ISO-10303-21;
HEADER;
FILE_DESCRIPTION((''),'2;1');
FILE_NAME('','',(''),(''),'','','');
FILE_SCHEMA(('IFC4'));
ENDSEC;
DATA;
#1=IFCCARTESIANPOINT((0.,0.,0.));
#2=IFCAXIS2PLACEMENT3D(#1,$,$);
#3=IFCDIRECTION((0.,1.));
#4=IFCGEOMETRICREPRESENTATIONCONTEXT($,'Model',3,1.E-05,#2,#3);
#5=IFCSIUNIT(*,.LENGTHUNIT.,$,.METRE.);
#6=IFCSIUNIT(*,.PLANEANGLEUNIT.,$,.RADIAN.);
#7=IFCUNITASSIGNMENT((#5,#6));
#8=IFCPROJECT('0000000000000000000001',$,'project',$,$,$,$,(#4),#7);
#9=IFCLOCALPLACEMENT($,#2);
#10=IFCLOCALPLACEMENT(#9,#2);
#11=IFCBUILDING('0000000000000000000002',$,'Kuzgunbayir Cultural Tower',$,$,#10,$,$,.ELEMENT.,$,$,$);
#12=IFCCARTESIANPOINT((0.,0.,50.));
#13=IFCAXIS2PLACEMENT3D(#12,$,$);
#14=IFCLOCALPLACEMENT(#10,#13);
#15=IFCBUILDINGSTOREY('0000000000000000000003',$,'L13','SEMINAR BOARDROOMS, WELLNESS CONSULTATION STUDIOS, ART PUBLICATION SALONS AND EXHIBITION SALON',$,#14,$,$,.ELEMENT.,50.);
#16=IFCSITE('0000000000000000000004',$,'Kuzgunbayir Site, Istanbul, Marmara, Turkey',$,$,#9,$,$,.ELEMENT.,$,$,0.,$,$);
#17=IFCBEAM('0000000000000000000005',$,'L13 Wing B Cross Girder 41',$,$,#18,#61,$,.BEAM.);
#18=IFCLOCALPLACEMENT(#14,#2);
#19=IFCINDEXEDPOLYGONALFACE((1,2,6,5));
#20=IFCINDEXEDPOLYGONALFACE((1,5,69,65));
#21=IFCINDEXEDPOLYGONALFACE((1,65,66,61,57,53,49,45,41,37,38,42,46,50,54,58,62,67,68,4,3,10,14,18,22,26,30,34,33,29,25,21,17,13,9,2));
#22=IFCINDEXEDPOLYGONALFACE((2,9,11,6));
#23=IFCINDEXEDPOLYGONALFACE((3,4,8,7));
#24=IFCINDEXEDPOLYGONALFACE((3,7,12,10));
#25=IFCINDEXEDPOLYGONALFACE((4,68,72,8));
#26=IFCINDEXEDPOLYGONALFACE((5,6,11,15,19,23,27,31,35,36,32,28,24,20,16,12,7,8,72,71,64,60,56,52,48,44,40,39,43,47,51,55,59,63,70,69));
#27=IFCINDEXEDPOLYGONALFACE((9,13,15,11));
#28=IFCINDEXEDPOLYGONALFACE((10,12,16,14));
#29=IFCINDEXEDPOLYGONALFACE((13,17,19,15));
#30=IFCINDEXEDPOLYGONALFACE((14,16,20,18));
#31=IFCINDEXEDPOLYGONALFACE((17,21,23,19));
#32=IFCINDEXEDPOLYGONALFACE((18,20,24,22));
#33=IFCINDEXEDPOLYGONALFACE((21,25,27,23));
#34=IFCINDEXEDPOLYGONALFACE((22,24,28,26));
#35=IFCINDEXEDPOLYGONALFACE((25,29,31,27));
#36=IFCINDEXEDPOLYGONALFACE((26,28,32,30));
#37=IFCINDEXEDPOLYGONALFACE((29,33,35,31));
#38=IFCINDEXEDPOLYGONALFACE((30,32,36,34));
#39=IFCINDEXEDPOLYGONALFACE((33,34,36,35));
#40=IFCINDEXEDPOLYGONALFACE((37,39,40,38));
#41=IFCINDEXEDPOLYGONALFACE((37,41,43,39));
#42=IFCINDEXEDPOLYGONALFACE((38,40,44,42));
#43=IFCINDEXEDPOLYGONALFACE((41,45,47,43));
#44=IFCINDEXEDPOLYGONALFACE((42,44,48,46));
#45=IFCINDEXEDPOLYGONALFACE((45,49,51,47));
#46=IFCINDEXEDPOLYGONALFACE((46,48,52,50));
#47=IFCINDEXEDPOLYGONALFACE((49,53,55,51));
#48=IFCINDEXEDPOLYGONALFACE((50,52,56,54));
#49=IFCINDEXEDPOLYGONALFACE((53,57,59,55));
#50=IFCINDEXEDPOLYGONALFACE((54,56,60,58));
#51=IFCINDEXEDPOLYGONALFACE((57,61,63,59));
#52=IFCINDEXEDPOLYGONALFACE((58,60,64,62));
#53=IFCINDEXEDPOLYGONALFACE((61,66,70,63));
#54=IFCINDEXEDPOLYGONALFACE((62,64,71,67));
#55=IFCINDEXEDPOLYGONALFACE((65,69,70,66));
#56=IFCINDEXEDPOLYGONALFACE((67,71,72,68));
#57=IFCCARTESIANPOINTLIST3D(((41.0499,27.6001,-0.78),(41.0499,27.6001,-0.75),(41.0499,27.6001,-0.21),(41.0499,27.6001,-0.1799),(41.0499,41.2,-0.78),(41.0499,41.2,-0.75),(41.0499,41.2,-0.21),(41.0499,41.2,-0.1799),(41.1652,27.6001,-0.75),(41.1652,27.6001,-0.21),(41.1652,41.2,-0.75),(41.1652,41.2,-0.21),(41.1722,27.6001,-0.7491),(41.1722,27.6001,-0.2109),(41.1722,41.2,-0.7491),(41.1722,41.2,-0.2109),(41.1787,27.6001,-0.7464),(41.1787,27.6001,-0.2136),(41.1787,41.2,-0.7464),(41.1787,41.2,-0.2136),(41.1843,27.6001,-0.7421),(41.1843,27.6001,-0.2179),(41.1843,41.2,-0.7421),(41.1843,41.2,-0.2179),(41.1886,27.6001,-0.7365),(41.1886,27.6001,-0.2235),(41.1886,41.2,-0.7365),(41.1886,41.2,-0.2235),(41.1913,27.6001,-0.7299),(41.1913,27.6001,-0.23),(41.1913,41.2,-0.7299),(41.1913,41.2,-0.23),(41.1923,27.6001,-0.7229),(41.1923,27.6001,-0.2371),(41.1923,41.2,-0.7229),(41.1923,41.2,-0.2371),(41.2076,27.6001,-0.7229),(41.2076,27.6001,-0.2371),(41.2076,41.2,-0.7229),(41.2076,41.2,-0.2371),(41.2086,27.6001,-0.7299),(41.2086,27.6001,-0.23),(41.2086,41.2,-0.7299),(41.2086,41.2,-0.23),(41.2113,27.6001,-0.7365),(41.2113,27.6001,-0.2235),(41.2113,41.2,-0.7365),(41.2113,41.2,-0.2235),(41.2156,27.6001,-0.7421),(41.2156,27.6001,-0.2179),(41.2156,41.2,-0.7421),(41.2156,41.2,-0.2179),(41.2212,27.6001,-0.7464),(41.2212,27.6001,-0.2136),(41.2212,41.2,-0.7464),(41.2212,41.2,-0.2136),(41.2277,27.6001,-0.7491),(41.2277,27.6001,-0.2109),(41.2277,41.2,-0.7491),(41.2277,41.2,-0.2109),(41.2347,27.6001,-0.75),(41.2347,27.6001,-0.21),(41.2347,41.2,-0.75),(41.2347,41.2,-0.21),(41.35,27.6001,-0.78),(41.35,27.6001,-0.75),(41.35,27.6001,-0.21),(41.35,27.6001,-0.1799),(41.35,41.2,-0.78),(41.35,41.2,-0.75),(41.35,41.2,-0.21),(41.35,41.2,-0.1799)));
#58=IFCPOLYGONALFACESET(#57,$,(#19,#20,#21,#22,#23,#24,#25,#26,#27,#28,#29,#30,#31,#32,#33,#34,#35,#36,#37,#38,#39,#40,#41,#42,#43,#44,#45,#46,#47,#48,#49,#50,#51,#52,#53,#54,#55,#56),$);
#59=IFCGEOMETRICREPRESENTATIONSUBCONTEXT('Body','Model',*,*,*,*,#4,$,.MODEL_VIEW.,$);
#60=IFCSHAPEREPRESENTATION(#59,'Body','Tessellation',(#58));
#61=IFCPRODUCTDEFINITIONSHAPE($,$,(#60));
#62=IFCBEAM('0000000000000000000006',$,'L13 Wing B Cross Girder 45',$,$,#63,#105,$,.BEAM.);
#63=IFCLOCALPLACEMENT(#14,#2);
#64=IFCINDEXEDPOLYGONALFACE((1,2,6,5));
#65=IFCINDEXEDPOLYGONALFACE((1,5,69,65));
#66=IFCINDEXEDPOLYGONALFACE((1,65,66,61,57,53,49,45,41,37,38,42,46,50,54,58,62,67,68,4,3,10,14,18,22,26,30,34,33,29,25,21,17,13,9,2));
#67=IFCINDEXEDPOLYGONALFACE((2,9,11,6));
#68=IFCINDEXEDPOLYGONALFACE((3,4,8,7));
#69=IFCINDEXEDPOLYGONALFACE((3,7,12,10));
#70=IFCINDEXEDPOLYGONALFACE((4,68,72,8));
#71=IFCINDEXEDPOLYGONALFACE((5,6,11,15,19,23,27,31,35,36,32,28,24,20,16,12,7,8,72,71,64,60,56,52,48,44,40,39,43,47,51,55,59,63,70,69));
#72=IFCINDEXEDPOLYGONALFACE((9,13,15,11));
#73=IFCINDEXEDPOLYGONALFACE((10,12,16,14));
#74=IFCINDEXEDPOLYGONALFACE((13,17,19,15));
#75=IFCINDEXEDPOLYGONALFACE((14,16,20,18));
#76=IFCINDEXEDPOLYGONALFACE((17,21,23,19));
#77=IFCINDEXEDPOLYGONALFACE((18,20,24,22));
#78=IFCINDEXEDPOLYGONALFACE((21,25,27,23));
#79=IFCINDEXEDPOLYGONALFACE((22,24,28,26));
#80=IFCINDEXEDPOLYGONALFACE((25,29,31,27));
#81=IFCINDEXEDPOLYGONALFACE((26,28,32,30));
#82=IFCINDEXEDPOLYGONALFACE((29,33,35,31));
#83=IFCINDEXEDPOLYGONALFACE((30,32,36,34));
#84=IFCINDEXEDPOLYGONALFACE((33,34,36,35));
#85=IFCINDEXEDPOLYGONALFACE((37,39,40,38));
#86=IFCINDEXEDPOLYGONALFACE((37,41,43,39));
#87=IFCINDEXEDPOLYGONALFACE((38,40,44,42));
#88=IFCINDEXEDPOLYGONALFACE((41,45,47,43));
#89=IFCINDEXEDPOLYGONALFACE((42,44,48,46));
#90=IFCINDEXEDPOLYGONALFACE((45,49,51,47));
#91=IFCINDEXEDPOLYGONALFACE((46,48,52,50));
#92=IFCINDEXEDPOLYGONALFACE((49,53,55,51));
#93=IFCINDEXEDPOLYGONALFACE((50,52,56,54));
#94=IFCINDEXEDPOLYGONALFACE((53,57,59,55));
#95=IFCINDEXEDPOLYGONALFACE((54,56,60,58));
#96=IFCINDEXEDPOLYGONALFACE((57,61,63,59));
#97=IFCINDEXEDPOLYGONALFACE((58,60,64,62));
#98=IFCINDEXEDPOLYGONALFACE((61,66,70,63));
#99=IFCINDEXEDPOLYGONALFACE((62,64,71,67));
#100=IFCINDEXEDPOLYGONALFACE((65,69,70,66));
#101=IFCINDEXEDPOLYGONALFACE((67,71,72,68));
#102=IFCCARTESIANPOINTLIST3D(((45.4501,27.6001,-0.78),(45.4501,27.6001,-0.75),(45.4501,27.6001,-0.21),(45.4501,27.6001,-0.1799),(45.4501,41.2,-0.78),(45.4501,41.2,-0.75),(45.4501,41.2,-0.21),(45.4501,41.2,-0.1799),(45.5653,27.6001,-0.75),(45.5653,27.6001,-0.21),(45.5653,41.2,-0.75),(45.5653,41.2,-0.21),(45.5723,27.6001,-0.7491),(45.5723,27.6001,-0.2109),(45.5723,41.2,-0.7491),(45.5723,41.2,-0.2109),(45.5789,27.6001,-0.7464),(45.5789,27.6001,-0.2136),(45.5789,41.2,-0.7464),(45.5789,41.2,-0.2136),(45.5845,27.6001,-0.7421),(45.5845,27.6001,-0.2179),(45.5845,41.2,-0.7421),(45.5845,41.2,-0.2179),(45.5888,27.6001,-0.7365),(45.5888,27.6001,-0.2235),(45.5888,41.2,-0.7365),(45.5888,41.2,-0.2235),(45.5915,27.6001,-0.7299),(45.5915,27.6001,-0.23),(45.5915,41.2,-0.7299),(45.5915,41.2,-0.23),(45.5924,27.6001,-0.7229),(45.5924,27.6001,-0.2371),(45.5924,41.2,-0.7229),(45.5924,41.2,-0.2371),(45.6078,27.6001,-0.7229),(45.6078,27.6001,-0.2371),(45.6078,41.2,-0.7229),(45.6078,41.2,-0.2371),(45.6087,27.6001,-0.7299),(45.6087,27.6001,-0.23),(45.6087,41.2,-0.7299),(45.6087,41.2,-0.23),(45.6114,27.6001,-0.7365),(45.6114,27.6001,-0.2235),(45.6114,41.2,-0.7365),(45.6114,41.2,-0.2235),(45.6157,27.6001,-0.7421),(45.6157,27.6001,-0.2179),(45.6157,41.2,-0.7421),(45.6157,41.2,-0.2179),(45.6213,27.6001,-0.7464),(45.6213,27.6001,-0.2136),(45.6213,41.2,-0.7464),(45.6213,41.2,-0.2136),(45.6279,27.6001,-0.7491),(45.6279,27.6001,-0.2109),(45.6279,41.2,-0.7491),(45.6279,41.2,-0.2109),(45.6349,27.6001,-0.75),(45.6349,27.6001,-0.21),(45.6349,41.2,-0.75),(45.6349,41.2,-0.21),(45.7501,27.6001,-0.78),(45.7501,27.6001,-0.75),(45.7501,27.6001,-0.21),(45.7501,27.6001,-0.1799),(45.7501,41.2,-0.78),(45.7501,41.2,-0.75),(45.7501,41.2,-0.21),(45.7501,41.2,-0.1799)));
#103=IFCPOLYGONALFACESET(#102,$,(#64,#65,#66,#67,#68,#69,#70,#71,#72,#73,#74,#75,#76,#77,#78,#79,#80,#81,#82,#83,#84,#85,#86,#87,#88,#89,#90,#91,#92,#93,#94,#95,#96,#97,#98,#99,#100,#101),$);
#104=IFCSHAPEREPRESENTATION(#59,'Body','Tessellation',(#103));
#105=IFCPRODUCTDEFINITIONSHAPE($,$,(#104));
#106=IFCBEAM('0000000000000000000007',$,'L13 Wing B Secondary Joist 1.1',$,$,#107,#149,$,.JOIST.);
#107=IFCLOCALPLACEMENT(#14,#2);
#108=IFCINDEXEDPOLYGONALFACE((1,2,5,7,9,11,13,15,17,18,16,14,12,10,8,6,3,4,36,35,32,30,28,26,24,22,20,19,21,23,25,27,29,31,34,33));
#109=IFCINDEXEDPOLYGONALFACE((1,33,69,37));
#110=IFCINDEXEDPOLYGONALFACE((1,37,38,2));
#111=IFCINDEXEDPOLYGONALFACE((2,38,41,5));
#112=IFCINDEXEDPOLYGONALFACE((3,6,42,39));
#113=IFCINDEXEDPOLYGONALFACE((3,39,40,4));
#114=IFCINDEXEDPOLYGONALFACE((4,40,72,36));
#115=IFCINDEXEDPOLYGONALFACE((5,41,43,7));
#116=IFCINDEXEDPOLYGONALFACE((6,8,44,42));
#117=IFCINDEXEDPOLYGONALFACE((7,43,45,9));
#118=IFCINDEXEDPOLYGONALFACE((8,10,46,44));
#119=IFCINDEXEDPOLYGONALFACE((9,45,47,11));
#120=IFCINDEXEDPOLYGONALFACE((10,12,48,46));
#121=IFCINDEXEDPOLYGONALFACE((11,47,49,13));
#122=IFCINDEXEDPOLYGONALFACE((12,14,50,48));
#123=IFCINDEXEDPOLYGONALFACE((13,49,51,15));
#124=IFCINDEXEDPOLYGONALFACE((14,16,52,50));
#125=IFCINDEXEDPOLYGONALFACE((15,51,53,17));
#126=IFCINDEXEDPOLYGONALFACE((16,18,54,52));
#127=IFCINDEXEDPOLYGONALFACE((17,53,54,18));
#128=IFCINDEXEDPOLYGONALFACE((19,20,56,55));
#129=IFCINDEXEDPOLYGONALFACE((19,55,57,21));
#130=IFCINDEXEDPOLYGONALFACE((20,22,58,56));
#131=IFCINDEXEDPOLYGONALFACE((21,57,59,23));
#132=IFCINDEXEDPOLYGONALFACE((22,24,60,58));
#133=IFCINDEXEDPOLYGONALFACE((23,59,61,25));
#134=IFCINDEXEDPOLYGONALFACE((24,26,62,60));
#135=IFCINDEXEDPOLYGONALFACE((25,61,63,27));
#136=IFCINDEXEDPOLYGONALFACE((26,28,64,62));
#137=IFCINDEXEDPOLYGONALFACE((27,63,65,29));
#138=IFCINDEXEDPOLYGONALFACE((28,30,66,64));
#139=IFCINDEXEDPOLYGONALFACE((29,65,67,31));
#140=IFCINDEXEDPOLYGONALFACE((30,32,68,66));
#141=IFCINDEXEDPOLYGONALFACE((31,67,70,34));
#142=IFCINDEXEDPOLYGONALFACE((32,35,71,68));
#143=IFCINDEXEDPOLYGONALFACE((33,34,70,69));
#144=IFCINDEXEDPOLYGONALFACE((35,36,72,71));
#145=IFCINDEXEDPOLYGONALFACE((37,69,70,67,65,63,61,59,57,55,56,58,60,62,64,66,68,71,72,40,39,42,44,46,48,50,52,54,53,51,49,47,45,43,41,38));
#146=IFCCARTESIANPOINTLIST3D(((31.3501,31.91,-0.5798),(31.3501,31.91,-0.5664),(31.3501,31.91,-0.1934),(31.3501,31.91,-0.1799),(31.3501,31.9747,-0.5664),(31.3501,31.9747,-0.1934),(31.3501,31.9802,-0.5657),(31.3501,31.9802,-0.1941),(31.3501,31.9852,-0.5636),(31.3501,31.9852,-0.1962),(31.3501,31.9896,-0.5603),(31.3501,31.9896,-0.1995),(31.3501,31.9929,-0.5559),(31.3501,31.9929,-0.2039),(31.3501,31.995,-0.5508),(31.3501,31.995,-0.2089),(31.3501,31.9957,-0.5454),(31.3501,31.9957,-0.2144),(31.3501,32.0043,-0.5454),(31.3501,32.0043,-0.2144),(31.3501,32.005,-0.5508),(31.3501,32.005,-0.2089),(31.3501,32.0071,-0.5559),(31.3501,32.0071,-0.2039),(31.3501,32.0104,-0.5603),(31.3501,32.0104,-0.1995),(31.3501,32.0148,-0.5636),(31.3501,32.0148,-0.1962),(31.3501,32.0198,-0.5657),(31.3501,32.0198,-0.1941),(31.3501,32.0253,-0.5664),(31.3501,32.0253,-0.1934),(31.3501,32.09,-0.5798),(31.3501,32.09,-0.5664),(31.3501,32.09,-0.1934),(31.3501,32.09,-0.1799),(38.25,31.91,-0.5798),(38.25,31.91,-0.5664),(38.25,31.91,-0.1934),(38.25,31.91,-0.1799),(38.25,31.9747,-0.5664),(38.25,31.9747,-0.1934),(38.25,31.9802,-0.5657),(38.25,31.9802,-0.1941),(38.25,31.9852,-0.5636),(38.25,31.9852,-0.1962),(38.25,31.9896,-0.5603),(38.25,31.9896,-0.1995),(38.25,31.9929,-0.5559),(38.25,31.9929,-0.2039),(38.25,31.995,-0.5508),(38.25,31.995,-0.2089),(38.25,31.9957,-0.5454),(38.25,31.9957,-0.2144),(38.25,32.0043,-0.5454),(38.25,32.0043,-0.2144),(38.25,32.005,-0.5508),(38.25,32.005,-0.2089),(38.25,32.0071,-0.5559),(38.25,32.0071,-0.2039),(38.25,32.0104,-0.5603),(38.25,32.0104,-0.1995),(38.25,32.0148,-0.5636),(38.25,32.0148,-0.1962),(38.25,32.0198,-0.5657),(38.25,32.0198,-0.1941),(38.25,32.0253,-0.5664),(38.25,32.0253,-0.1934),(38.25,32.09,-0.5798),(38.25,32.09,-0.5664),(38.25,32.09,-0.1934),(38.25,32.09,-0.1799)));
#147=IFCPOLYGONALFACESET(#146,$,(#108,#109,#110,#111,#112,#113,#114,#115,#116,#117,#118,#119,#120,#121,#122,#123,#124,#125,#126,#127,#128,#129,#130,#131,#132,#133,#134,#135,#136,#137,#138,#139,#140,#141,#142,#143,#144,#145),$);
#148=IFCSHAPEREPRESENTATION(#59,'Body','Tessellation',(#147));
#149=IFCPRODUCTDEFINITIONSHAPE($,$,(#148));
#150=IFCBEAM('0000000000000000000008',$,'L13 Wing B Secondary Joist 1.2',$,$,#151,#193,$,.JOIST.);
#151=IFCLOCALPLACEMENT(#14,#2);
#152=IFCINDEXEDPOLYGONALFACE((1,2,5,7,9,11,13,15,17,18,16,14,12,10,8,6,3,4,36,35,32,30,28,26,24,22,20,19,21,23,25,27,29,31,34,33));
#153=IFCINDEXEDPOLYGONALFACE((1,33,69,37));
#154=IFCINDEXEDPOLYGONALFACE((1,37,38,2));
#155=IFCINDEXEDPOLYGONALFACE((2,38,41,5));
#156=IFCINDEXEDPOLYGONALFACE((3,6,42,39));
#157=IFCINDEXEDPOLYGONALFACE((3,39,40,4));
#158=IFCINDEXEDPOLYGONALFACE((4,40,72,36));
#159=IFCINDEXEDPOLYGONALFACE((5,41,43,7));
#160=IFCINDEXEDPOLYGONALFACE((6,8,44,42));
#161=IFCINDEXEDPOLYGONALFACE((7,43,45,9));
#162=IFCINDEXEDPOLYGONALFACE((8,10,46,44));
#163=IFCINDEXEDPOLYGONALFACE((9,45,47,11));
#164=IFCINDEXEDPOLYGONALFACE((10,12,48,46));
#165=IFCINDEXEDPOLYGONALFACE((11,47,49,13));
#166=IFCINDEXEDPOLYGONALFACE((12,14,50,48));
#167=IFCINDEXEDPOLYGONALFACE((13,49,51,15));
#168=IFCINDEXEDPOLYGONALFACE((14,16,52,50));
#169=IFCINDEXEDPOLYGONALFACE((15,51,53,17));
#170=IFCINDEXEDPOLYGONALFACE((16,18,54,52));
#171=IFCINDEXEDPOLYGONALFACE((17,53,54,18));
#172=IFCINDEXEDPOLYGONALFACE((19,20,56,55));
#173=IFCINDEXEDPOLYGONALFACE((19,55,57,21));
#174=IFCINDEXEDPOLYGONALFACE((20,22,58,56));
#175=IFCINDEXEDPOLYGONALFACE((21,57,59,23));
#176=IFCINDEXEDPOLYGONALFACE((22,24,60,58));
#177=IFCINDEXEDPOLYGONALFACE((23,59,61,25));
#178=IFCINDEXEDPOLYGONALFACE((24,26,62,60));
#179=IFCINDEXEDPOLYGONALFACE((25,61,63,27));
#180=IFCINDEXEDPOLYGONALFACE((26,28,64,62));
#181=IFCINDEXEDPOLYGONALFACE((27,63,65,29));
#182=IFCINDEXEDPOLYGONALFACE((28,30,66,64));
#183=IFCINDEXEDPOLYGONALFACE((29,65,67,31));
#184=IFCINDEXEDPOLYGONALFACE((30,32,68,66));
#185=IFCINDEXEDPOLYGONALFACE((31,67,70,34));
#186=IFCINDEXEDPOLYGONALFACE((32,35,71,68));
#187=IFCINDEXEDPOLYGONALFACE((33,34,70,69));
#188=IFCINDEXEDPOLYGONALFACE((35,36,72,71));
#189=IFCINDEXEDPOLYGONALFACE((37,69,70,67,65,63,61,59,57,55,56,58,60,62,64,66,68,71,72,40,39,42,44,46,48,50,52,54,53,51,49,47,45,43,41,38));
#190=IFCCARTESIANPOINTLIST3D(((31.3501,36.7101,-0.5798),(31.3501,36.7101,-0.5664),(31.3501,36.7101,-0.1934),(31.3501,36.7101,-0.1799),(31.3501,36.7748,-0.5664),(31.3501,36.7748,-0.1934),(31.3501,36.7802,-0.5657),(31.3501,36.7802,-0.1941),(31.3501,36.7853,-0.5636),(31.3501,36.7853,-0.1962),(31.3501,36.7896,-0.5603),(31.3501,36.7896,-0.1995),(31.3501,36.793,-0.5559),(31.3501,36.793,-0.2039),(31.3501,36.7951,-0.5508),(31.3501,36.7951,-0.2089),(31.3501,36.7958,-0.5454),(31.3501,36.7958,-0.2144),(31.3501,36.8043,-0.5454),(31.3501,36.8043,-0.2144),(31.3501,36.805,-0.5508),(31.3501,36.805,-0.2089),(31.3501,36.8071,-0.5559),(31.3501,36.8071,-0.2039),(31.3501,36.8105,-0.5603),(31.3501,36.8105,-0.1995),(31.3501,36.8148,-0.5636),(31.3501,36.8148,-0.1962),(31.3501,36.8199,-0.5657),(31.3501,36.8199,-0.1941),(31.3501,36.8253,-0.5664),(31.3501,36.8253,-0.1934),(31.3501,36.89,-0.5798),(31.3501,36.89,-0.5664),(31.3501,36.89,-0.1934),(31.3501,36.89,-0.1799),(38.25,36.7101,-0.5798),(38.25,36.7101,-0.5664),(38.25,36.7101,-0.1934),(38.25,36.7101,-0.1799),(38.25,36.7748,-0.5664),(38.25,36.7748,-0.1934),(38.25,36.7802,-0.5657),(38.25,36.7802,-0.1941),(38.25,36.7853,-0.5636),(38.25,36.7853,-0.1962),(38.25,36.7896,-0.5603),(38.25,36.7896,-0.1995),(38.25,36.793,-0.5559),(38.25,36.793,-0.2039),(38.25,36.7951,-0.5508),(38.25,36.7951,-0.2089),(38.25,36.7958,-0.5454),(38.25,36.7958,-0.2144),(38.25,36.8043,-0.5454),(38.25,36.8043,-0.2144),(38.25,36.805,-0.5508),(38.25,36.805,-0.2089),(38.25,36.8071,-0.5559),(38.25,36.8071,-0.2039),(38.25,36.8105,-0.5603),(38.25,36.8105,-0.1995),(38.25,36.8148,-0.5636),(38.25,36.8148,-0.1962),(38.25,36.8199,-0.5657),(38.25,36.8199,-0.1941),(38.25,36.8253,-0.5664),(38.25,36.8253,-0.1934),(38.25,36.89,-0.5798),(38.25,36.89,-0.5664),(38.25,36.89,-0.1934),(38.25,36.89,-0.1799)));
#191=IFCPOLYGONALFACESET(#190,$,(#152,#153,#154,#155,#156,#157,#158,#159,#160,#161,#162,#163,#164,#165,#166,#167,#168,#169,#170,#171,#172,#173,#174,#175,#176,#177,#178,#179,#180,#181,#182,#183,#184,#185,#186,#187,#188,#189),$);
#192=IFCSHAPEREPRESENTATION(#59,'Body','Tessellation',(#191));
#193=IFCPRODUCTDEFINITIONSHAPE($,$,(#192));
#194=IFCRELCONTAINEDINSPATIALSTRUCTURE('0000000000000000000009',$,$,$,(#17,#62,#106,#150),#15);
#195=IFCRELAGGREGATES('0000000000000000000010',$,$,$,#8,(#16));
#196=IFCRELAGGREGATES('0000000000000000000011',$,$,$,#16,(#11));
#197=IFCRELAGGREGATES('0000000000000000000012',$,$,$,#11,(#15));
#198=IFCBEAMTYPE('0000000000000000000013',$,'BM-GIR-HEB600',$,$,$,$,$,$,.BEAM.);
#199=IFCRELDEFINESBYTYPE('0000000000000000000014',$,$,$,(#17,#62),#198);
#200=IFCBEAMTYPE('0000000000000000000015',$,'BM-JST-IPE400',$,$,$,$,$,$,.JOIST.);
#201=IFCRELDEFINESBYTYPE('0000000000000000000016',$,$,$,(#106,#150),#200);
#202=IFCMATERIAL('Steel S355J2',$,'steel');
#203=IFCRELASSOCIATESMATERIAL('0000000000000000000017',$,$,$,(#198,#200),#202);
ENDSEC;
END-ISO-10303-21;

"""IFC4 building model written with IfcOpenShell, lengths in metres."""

from ifc_helpers import new_model, si_unit, direction, frame, origin, origin_2d, place, context, subcontext, project, spatial, i_section, extrude, material, material_profile, profile_set, type_object, element, save


model = new_model("IFC4")

# Units and contexts
model_context = context("Model", 3, precision=1e-05, world=origin(), true_north=direction((0.0, 1.0)))
body_context = subcontext(model_context, "Body", "Model", "MODEL_VIEW")
ifc_project = project(units=[si_unit("LENGTHUNIT", "METRE"), si_unit("PLANEANGLEUNIT", "RADIAN")], contexts=[model_context])

# Site, building, storey
site_placement = place(None, origin())
site = spatial("IfcSite", under=ifc_project, at=site_placement, Name="Kuzgunbayir Site, Istanbul, Marmara, Turkey", CompositionType="ELEMENT", RefElevation=0.0)
building_placement = place(site_placement, origin())
building = spatial("IfcBuilding", under=site, at=building_placement, Name="Kuzgunbayir Cultural Tower", CompositionType="ELEMENT")
storey_placement = place(building_placement, frame((0.0, 0.0, 50.0)))
storey = spatial("IfcBuildingStorey", under=building, at=storey_placement, Name="L13", Description="SEMINAR BOARDROOMS, WELLNESS CONSULTATION STUDIOS, ART PUBLICATION SALONS AND EXHIBITION SALON", CompositionType="ELEMENT", Elevation=50.0)

# Beams
ifc_material_1 = material(Name="Steel S355J2", Category="steel")
ifc_material_profile_1 = material_profile(ifc_material_1, i_section(OverallWidth=0.3, OverallDepth=0.6001, WebThickness=0.0154, FlangeThickness=0.03, FilletRadius=0.0271, at=origin_2d()), Name="HEB 600")
ifc_profile_set_1 = profile_set([ifc_material_profile_1], Name="Steel S355J2")
beam_type_1 = type_object("IfcBeamType", Name="BM-GIR-HEB600", PredefinedType="BEAM", material=ifc_profile_set_1)
for number, where, z_axis, x_axis, name in (
    (1, (41.2, 27.6001, -0.48), (0.0, 1.0, 0.0), (-1.0, 0.0, 0.0), "L13 Wing B Cross Girder 41"),
    (2, (45.6001, 27.6001, -0.48), (0.0, 1.0, 0.0), (-1.0, 0.0, 0.0), "L13 Wing B Cross Girder 45"),
):
    element("IfcBeam", number, at=place(storey_placement, frame(where, z_axis=z_axis, x_axis=x_axis)), inside=storey, type_object=beam_type_1, Name=name, PredefinedType="BEAM", context=body_context, shape_type="SweptSolid", body=[
        extrude(i_section(OverallWidth=0.3, OverallDepth=0.6001, WebThickness=0.0154, FlangeThickness=0.03, FilletRadius=0.0271, at=origin_2d()), origin(), (0.0, 0.0, 1.0), 13.5999),
    ])
ifc_material_profile_2 = material_profile(ifc_material_1, i_section(OverallWidth=0.1799, OverallDepth=0.3999, WebThickness=0.0085, FlangeThickness=0.0134, FilletRadius=0.021, at=origin_2d()), Name="IPE 400")
ifc_profile_set_2 = profile_set([ifc_material_profile_2], Name="Steel S355J2")
beam_type_2 = type_object("IfcBeamType", Name="BM-JST-IPE400", PredefinedType="JOIST", material=ifc_profile_set_2)
for number, where, z_axis, x_axis, name in (
    (3, (31.3501, 32.0, -0.3799), (1.0, 0.0, 0.0), (0.0, 1.0, 0.0), "L13 Wing B Secondary Joist 1.1"),
    (4, (31.3501, 36.8, -0.3799), (1.0, 0.0, 0.0), (0.0, 1.0, 0.0), "L13 Wing B Secondary Joist 1.2"),
):
    element("IfcBeam", number, at=place(storey_placement, frame(where, z_axis=z_axis, x_axis=x_axis)), inside=storey, type_object=beam_type_2, Name=name, PredefinedType="JOIST", context=body_context, shape_type="SweptSolid", body=[
        extrude(i_section(OverallWidth=0.1799, OverallDepth=0.3999, WebThickness=0.0085, FlangeThickness=0.0134, FilletRadius=0.021, at=origin_2d()), origin(), (0.0, 0.0, 1.0), 6.8999),
    ])

save(model, "model.ifc")
